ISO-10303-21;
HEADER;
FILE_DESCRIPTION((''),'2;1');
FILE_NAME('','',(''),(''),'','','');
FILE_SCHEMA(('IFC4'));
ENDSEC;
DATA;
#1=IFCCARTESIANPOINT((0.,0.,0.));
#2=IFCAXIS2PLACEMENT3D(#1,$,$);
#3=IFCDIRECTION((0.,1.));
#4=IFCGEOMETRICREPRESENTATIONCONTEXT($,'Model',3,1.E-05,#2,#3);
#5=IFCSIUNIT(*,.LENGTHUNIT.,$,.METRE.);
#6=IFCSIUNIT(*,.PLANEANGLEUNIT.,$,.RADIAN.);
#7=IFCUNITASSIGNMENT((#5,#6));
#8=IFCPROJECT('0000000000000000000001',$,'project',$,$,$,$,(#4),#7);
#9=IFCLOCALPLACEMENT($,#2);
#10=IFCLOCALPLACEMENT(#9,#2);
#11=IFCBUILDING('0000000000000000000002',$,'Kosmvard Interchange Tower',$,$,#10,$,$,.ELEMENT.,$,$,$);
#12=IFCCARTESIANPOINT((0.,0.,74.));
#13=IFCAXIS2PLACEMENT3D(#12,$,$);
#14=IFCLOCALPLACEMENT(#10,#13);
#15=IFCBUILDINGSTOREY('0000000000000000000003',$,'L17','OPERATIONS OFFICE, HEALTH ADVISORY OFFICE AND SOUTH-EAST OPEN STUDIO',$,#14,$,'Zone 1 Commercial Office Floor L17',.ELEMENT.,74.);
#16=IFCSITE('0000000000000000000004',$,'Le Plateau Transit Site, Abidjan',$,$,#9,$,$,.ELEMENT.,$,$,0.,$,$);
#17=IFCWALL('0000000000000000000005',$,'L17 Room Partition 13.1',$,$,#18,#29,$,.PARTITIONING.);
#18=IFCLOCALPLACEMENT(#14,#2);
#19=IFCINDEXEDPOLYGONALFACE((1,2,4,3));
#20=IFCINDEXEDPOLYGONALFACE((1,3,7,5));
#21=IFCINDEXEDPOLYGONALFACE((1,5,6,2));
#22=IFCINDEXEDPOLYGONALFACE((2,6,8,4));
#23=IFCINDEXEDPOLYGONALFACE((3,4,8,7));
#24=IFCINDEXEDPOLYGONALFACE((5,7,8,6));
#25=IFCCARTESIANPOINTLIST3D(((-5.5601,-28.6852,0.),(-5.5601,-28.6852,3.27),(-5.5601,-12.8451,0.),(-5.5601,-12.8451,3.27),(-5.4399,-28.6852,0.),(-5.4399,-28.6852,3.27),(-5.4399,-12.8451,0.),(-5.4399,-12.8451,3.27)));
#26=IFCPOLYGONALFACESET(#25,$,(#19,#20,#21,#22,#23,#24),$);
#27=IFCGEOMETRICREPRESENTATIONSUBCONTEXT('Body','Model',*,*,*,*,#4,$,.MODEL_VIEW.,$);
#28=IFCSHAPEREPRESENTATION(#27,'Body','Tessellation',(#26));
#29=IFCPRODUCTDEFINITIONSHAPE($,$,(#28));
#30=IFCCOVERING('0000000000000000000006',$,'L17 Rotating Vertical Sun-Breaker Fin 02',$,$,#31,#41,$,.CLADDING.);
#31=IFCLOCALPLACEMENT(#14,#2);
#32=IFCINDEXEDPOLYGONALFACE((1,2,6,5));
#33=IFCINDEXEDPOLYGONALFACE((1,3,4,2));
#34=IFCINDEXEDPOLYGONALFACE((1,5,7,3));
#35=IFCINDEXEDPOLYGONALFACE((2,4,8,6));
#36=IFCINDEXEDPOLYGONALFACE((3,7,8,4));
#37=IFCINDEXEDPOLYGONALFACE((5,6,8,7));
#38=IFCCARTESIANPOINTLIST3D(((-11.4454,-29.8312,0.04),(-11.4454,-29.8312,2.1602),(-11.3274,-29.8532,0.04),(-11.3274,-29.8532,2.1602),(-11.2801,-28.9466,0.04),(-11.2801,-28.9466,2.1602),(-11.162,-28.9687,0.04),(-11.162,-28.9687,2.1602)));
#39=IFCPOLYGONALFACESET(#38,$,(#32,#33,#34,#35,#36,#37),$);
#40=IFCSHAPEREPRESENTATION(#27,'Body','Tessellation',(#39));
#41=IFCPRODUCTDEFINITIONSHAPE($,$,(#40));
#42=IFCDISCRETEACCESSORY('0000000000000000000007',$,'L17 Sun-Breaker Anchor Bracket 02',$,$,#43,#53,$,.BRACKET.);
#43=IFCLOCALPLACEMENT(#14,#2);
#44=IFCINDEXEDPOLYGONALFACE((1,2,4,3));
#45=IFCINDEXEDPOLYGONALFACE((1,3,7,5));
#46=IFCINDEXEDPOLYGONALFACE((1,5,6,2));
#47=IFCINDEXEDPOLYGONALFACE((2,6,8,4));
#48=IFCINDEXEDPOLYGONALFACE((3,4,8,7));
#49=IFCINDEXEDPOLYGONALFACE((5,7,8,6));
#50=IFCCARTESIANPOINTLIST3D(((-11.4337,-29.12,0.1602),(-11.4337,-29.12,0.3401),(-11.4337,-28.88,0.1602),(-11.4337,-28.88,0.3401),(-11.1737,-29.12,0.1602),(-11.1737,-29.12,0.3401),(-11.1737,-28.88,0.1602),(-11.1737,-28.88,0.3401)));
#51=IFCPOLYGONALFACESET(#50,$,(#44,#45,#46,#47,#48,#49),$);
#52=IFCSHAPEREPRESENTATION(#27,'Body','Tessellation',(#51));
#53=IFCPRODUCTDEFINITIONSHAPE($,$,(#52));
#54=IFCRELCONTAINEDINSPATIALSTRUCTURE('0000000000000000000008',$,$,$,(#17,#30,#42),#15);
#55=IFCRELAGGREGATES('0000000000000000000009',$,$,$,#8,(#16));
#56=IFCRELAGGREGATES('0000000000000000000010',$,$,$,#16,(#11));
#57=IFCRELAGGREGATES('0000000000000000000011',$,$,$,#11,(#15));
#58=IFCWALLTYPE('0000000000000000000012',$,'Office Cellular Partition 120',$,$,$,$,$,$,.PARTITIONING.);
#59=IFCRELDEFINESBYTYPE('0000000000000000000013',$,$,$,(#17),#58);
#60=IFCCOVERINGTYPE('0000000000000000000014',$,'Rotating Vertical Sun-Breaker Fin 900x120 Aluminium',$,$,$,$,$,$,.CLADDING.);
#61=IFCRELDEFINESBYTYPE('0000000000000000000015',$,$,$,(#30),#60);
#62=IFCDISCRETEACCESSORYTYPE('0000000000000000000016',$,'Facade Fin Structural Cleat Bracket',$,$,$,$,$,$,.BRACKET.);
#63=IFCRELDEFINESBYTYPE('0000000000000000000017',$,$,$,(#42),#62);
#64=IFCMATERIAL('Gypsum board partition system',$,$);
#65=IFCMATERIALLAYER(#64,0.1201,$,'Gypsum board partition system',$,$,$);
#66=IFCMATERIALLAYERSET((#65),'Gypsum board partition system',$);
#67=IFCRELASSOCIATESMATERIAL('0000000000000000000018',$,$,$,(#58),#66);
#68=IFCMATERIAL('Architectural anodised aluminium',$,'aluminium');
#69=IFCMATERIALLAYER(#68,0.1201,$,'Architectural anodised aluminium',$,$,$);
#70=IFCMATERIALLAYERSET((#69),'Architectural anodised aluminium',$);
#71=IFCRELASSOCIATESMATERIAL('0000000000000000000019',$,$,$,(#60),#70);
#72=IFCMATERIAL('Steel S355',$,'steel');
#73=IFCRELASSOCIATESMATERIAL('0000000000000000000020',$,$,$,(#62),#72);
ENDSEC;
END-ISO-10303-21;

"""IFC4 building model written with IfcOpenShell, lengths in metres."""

from ifc_helpers import new_model, si_unit, direction, frame, frame_2d, origin, origin_2d, place, context, subcontext, project, spatial, rectangle, extrude, source, transform, mapped, material, layer, layer_set, type_object, element, save


model = new_model("IFC4")

# Units and contexts
model_context = context("Model", 3, precision=1e-05, world=origin(), true_north=direction((0.0, 1.0)))
body_context = subcontext(model_context, "Body", "Model", "MODEL_VIEW")
ifc_project = project(units=[si_unit("LENGTHUNIT", "METRE"), si_unit("PLANEANGLEUNIT", "RADIAN")], contexts=[model_context])

# Site, building, storey
site_placement = place(None, origin())
site = spatial("IfcSite", under=ifc_project, at=site_placement, Name="Le Plateau Transit Site, Abidjan", CompositionType="ELEMENT", RefElevation=0.0)
building_placement = place(site_placement, origin())
building = spatial("IfcBuilding", under=site, at=building_placement, Name="Kosmvard Interchange Tower", CompositionType="ELEMENT")
storey_placement = place(building_placement, frame((0.0, 0.0, 74.0)))
storey = spatial("IfcBuildingStorey", under=building, at=storey_placement, Name="L17", Description="OPERATIONS OFFICE, HEALTH ADVISORY OFFICE AND SOUTH-EAST OPEN STUDIO", LongName="Zone 1 Commercial Office Floor L17", CompositionType="ELEMENT", Elevation=74.0)

# Shared definitions
ifc_material_1 = material(Name="Steel S355", Category="steel")

# Wall
ifc_material_2 = material(Name="Gypsum board partition system")
ifc_layer_1 = layer(ifc_material_2, 0.1201, Name="Gypsum board partition system")
ifc_layer_set_1 = layer_set([ifc_layer_1], Name="Gypsum board partition system")
wall_type_1 = type_object("IfcWallType", Name="Office Cellular Partition 120", PredefinedType="PARTITIONING", material=ifc_layer_set_1)
wall_1_placement = place(storey_placement, frame((-5.5, -28.6851, 0.0), z_axis=(0.0, 0.0, 1.0), x_axis=(0.0, 1.0, 0.0)))
element("IfcWall", 1, at=wall_1_placement, inside=storey, type_object=wall_type_1, Name="L17 Room Partition 13.1", PredefinedType="PARTITIONING", context=body_context, shape_type="SweptSolid", body=[
    extrude(rectangle(XDim=15.8401, YDim=0.1201, at=frame_2d((7.9199, 0.0))), origin(), (0.0, 0.0, 1.0), 3.27),
])

# Covering
ifc_material_3 = material(Name="Architectural anodised aluminium", Category="aluminium")
ifc_layer_2 = layer(ifc_material_3, 0.1201, Name="Architectural anodised aluminium")
ifc_layer_set_2 = layer_set([ifc_layer_2], Name="Architectural anodised aluminium")
covering_type = type_object("IfcCoveringType", Name="Rotating Vertical Sun-Breaker Fin 900x120 Aluminium", PredefinedType="CLADDING", material=ifc_layer_set_2)
shared_shape_1 = source(origin(), body_context, "Body", "SweptSolid", [
    extrude(rectangle(XDim=0.8999, YDim=0.1201, at=origin_2d()), origin(), (0.0, 0.0, 1.0), 2.1201),
])
covering_placement = place(storey_placement, frame((-11.3037, -29.3999, 0.04), z_axis=(0.0, 0.0, 1.0), x_axis=(-0.18378, -0.982967, 0.0)))
element("IfcCovering", 2, at=covering_placement, inside=storey, type_object=covering_type, Name="L17 Rotating Vertical Sun-Breaker Fin 02", PredefinedType="CLADDING", context=body_context, shape_type="MappedRepresentation", body=[
    mapped(shared_shape_1, transform((0.0, 0.0, 0.0), scale=1.0)),
])

# Discrete accessory
discrete_accessory_type = type_object("IfcDiscreteAccessoryType", Name="Facade Fin Structural Cleat Bracket", PredefinedType="BRACKET", material=ifc_material_1)
shared_shape_2 = source(origin(), body_context, "Body", "SweptSolid", [
    extrude(rectangle(XDim=0.24, YDim=0.26, at=origin_2d()), origin(), (0.0, 0.0, 1.0), 0.1799),
])
discrete_accessory_placement = place(storey_placement, frame((-11.3037, -29.0, 0.1602), z_axis=(0.0, 0.0, 1.0), x_axis=(0.0, -1.0, 0.0)))
element("IfcDiscreteAccessory", 3, at=discrete_accessory_placement, inside=storey, type_object=discrete_accessory_type, Name="L17 Sun-Breaker Anchor Bracket 02", PredefinedType="BRACKET", context=body_context, shape_type="MappedRepresentation", body=[
    mapped(shared_shape_2, transform((0.0, 0.0, 0.0), scale=1.0)),
])

save(model, "model.ifc")
